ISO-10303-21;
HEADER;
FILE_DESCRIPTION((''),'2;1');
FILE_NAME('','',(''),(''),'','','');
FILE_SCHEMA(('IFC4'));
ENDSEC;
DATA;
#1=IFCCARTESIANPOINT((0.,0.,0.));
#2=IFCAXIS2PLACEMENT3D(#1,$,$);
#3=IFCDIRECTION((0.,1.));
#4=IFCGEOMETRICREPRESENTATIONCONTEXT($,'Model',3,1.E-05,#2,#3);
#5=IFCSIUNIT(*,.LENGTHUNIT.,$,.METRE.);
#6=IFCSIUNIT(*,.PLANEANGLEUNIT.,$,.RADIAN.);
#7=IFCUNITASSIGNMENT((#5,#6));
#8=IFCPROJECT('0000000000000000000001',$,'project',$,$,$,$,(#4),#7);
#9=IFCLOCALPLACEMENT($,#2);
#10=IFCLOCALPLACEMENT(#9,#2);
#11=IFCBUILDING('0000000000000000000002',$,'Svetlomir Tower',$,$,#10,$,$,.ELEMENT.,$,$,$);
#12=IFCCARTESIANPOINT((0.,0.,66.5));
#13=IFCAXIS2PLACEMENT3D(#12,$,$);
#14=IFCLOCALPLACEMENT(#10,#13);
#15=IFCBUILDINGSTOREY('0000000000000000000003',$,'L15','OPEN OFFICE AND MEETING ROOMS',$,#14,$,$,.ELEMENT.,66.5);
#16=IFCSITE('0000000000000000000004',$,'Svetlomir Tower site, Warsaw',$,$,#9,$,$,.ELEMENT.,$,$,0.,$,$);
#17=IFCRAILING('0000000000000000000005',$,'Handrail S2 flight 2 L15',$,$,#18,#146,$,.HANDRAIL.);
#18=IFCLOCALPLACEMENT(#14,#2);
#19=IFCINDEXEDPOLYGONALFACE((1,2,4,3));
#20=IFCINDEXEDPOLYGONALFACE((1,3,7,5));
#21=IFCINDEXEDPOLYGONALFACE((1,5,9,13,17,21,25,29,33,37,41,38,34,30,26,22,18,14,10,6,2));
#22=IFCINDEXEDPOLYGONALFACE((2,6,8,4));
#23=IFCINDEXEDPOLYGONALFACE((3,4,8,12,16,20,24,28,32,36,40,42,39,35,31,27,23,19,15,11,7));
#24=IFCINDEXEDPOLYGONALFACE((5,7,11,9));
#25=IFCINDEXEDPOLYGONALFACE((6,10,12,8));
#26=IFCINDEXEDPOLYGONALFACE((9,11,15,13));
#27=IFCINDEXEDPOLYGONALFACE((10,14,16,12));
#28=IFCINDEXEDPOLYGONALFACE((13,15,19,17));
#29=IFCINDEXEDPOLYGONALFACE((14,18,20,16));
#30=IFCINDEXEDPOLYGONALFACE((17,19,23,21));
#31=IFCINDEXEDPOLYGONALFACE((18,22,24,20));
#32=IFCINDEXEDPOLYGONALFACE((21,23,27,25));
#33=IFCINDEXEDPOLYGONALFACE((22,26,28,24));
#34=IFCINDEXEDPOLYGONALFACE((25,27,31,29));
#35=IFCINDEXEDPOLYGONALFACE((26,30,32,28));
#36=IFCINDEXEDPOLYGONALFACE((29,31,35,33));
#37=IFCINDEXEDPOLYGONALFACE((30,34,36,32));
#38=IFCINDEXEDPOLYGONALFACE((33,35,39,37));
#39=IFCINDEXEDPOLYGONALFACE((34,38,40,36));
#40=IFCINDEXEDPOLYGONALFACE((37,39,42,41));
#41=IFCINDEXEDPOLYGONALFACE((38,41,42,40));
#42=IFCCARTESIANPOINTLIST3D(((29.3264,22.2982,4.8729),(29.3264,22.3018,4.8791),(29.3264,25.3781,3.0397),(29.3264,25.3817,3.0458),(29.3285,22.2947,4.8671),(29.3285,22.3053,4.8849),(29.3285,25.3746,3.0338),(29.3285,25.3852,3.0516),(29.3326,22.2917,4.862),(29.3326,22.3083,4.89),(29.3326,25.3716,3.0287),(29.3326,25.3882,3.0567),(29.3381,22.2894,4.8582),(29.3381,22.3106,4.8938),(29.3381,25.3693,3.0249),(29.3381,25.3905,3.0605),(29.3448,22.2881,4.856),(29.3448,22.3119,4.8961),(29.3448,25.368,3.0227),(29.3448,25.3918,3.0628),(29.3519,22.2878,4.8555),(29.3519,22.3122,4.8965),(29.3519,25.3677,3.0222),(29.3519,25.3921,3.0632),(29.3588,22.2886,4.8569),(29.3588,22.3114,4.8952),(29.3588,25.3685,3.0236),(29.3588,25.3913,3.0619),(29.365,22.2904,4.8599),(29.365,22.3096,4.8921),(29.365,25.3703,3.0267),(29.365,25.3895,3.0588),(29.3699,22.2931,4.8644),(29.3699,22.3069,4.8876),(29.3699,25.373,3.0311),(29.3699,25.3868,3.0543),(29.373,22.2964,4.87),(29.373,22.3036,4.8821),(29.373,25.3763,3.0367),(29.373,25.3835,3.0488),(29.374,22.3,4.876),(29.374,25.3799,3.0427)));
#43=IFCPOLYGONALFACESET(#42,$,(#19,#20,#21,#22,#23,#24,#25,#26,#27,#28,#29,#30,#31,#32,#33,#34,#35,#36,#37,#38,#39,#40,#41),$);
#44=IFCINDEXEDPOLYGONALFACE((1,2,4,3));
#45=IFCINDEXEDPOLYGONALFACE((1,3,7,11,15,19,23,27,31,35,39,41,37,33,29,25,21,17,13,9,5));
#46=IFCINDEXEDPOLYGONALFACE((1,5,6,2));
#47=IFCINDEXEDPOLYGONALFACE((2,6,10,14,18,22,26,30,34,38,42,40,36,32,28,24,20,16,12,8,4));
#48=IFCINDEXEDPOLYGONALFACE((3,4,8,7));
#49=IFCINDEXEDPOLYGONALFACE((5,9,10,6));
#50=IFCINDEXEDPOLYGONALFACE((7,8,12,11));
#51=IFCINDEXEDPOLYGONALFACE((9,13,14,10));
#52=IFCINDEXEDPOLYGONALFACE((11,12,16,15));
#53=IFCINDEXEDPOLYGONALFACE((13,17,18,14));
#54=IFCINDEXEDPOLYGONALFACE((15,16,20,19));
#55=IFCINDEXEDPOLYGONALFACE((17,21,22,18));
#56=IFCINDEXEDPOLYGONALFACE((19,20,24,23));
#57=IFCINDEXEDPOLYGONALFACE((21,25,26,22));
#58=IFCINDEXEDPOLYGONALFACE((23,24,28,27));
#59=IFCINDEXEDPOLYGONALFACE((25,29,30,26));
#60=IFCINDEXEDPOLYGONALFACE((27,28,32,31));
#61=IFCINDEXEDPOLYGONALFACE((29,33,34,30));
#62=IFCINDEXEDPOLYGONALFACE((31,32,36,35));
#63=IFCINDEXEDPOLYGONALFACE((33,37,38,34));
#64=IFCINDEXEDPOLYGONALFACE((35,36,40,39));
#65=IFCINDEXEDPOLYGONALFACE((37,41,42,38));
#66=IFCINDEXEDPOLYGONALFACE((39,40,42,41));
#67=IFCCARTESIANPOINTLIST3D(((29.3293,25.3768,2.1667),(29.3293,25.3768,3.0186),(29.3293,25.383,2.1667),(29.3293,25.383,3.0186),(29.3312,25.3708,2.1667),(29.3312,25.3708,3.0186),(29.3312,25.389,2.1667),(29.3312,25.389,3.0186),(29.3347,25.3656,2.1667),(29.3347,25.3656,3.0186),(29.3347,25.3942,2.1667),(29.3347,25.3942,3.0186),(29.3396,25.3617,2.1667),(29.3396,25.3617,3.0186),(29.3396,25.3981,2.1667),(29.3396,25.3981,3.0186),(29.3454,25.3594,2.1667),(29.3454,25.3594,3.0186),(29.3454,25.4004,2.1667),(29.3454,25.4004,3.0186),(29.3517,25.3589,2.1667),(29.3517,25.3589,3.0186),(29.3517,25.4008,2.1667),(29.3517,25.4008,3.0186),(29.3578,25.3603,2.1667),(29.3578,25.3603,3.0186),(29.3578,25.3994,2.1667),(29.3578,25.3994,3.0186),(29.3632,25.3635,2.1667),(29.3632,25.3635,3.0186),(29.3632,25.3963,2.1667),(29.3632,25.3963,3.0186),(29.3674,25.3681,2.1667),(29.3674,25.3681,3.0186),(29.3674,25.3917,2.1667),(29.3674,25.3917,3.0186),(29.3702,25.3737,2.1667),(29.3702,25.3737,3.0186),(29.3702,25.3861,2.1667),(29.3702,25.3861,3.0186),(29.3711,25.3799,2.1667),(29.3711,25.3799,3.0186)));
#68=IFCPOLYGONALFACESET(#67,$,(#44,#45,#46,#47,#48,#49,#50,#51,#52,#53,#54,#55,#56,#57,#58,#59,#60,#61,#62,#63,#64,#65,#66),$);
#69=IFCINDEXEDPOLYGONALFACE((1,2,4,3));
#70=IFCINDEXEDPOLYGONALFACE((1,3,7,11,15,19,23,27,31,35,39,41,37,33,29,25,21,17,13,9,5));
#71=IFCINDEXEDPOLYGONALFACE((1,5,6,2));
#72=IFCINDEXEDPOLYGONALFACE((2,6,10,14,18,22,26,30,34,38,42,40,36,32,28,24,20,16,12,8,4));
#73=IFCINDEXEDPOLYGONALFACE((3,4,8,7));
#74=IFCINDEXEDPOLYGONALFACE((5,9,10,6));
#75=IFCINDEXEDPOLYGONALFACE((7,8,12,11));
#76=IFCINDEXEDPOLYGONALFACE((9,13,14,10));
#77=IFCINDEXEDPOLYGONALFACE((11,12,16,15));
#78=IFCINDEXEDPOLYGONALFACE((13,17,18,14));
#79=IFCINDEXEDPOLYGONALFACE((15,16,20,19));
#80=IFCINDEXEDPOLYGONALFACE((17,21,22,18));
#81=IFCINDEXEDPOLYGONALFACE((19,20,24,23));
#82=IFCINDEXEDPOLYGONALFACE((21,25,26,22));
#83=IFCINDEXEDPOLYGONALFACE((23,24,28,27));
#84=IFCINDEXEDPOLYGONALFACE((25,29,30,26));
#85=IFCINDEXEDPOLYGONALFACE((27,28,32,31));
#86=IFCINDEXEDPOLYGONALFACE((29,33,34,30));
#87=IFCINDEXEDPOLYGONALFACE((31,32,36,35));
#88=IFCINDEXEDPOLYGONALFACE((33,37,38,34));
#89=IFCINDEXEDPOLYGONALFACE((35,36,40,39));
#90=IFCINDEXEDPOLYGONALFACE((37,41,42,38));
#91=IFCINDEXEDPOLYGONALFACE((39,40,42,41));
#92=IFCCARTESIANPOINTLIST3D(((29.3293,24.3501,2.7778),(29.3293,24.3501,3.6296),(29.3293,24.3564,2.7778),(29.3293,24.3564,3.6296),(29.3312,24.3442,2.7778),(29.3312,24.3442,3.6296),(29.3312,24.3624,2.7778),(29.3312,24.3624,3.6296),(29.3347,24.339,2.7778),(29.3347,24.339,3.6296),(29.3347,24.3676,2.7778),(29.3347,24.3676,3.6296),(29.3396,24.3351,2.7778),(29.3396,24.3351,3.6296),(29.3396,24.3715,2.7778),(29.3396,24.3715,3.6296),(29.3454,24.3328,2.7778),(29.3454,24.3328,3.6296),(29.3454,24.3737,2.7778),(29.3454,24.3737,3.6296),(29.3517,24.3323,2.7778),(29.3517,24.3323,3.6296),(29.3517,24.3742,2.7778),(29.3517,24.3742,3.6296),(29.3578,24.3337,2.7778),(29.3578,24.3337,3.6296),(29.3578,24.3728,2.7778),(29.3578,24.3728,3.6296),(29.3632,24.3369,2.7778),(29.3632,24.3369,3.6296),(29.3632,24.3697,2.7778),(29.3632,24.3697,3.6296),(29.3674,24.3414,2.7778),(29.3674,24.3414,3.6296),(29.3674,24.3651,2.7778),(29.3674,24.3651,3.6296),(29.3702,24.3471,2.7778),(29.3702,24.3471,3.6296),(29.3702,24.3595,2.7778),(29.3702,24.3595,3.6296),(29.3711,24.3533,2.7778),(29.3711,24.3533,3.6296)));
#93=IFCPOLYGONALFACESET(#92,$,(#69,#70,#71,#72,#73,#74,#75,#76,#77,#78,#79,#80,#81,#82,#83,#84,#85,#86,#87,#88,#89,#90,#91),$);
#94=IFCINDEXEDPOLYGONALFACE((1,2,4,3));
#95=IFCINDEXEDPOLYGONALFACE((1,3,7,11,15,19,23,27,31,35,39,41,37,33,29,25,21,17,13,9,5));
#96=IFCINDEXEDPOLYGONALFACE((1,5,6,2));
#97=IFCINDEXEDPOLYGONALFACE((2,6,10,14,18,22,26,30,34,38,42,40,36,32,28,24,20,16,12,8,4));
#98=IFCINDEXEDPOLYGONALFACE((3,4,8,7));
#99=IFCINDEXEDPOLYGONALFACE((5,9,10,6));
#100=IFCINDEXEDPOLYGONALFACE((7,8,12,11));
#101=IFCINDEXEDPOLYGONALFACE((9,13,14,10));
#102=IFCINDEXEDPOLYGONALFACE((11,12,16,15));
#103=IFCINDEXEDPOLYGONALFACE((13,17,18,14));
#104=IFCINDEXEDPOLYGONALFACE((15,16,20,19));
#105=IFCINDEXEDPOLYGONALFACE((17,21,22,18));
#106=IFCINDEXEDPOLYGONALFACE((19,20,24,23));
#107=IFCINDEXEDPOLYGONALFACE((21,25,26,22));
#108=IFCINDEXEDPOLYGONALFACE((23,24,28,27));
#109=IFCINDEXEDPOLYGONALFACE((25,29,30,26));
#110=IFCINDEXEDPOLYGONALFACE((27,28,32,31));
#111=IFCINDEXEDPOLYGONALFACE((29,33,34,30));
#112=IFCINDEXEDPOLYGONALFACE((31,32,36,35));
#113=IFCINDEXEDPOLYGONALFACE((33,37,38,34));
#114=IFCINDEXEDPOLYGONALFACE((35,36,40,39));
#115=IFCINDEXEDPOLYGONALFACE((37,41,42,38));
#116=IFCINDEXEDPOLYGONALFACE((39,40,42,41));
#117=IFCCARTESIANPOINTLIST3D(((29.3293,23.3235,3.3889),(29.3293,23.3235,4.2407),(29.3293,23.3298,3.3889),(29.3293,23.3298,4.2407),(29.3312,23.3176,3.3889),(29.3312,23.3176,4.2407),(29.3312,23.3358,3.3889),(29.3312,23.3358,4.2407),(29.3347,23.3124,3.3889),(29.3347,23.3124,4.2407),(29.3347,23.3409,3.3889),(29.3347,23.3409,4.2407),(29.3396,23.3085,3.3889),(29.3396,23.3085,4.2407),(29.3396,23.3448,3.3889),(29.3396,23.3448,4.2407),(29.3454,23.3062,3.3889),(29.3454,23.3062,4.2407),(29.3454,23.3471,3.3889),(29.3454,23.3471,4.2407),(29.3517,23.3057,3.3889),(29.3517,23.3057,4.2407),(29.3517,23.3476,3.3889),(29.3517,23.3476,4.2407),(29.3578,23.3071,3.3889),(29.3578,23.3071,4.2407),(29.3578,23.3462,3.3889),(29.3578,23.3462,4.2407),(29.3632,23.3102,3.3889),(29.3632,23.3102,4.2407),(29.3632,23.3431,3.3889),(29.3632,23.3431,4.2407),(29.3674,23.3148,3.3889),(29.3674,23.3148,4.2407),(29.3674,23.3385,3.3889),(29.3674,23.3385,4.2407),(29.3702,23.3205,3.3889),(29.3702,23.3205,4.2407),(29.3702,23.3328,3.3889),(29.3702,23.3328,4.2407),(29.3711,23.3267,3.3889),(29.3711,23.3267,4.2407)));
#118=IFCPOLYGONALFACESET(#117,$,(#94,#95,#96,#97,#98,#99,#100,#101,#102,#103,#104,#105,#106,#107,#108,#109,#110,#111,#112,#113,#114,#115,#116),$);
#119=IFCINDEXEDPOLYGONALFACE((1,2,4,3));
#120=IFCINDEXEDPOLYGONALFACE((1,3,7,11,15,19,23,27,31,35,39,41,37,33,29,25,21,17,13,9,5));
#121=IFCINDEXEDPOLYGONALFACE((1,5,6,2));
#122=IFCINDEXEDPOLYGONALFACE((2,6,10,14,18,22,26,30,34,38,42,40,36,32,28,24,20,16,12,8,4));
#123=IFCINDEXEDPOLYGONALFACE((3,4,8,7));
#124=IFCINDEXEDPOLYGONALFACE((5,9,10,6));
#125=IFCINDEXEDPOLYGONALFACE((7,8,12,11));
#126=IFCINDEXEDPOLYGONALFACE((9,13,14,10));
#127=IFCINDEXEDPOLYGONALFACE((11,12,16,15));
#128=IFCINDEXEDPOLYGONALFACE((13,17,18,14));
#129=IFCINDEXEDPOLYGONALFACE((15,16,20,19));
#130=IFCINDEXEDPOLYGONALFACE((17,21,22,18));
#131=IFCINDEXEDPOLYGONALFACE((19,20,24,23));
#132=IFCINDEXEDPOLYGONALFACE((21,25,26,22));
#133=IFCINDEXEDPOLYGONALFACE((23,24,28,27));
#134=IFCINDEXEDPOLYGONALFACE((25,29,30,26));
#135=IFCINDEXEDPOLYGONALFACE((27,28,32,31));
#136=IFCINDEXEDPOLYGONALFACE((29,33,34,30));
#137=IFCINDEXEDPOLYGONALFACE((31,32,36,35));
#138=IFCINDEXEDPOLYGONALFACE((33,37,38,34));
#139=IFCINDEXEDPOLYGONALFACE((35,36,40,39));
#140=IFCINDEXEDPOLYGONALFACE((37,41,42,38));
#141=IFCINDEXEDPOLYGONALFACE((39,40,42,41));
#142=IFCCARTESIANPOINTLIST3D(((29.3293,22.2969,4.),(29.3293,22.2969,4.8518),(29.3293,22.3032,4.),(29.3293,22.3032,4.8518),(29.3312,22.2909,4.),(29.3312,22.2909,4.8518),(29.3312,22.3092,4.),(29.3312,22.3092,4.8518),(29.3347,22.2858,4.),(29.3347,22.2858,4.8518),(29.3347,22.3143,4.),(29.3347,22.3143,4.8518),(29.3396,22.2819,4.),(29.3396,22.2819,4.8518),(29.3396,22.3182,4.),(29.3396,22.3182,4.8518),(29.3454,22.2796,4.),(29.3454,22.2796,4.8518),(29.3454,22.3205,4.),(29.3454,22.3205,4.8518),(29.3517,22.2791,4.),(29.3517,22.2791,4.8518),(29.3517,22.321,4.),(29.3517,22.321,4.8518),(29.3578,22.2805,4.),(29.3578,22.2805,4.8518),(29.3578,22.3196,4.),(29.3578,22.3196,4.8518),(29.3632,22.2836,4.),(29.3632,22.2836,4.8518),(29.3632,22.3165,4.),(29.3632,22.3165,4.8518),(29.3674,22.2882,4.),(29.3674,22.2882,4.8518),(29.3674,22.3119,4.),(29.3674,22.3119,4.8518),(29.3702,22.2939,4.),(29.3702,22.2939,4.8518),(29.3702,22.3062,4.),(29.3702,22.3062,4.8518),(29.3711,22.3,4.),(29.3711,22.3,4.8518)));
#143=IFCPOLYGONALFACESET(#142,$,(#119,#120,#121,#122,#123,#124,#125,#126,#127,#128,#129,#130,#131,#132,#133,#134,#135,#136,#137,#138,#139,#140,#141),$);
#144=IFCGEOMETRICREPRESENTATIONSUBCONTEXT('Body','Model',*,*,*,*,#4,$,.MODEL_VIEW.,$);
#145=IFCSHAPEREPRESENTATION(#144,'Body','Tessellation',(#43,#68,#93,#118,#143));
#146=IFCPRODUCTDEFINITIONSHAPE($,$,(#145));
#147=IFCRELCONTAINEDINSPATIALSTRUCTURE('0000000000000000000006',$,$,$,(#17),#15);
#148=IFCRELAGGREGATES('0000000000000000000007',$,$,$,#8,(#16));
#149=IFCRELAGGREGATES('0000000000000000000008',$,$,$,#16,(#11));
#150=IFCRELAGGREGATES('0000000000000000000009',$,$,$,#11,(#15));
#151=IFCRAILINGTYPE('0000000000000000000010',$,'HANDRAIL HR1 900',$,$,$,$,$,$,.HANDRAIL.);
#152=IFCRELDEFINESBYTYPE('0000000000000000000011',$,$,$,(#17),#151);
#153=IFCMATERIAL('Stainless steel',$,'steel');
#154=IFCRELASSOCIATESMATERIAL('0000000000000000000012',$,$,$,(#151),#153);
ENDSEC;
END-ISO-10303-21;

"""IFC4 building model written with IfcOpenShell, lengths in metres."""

from ifc_helpers import new_model, si_unit, direction, frame, origin, origin_2d, place, context, subcontext, project, spatial, circle, extrude, material, type_object, element, save


model = new_model("IFC4")

# Units and contexts
model_context = context("Model", 3, precision=1e-05, world=origin(), true_north=direction((0.0, 1.0)))
body_context = subcontext(model_context, "Body", "Model", "MODEL_VIEW")
ifc_project = project(units=[si_unit("LENGTHUNIT", "METRE"), si_unit("PLANEANGLEUNIT", "RADIAN")], contexts=[model_context])

# Site, building, storey
site_placement = place(None, origin())
site = spatial("IfcSite", under=ifc_project, at=site_placement, Name="Svetlomir Tower site, Warsaw", CompositionType="ELEMENT", RefElevation=0.0)
building_placement = place(site_placement, origin())
building = spatial("IfcBuilding", under=site, at=building_placement, Name="Svetlomir Tower", CompositionType="ELEMENT")
storey_placement = place(building_placement, frame((0.0, 0.0, 66.5)))
storey = spatial("IfcBuildingStorey", under=building, at=storey_placement, Name="L15", Description="OPEN OFFICE AND MEETING ROOMS", CompositionType="ELEMENT", Elevation=66.5)

# Railing
ifc_material_1 = material(Name="Stainless steel", Category="steel")
railing_type = type_object("IfcRailingType", Name="HANDRAIL HR1 900", PredefinedType="HANDRAIL", material=ifc_material_1)
railing_1_placement = place(storey_placement, frame((29.3501, 25.3799, 2.1667)))
element("IfcRailing", 1, at=railing_1_placement, inside=storey, type_object=railing_type, Name="Handrail S2 flight 2 L15", PredefinedType="HANDRAIL", context=body_context, shape_type="SweptSolid", body=[
    extrude(circle(Radius=0.0239, at=origin_2d()), frame((0.0, 0.0, 0.876), z_axis=(0.0, -0.859291, 0.511487), x_axis=(1.0, 0.0, 0.0)), (0.0, 0.0, 1.0), 3.5842),
    extrude(circle(Radius=0.021, at=origin_2d()), origin(), (0.0, 0.0, 1.0), 0.8518),
    extrude(circle(Radius=0.021, at=origin_2d()), frame((0.0, -1.0266, 0.6111)), (0.0, 0.0, 1.0), 0.8518),
    extrude(circle(Radius=0.021, at=origin_2d()), frame((0.0, -2.0532, 1.2222)), (0.0, 0.0, 1.0), 0.8518),
    extrude(circle(Radius=0.021, at=origin_2d()), frame((0.0, -3.0798, 1.8333)), (0.0, 0.0, 1.0), 0.8518),
])

save(model, "model.ifc")
